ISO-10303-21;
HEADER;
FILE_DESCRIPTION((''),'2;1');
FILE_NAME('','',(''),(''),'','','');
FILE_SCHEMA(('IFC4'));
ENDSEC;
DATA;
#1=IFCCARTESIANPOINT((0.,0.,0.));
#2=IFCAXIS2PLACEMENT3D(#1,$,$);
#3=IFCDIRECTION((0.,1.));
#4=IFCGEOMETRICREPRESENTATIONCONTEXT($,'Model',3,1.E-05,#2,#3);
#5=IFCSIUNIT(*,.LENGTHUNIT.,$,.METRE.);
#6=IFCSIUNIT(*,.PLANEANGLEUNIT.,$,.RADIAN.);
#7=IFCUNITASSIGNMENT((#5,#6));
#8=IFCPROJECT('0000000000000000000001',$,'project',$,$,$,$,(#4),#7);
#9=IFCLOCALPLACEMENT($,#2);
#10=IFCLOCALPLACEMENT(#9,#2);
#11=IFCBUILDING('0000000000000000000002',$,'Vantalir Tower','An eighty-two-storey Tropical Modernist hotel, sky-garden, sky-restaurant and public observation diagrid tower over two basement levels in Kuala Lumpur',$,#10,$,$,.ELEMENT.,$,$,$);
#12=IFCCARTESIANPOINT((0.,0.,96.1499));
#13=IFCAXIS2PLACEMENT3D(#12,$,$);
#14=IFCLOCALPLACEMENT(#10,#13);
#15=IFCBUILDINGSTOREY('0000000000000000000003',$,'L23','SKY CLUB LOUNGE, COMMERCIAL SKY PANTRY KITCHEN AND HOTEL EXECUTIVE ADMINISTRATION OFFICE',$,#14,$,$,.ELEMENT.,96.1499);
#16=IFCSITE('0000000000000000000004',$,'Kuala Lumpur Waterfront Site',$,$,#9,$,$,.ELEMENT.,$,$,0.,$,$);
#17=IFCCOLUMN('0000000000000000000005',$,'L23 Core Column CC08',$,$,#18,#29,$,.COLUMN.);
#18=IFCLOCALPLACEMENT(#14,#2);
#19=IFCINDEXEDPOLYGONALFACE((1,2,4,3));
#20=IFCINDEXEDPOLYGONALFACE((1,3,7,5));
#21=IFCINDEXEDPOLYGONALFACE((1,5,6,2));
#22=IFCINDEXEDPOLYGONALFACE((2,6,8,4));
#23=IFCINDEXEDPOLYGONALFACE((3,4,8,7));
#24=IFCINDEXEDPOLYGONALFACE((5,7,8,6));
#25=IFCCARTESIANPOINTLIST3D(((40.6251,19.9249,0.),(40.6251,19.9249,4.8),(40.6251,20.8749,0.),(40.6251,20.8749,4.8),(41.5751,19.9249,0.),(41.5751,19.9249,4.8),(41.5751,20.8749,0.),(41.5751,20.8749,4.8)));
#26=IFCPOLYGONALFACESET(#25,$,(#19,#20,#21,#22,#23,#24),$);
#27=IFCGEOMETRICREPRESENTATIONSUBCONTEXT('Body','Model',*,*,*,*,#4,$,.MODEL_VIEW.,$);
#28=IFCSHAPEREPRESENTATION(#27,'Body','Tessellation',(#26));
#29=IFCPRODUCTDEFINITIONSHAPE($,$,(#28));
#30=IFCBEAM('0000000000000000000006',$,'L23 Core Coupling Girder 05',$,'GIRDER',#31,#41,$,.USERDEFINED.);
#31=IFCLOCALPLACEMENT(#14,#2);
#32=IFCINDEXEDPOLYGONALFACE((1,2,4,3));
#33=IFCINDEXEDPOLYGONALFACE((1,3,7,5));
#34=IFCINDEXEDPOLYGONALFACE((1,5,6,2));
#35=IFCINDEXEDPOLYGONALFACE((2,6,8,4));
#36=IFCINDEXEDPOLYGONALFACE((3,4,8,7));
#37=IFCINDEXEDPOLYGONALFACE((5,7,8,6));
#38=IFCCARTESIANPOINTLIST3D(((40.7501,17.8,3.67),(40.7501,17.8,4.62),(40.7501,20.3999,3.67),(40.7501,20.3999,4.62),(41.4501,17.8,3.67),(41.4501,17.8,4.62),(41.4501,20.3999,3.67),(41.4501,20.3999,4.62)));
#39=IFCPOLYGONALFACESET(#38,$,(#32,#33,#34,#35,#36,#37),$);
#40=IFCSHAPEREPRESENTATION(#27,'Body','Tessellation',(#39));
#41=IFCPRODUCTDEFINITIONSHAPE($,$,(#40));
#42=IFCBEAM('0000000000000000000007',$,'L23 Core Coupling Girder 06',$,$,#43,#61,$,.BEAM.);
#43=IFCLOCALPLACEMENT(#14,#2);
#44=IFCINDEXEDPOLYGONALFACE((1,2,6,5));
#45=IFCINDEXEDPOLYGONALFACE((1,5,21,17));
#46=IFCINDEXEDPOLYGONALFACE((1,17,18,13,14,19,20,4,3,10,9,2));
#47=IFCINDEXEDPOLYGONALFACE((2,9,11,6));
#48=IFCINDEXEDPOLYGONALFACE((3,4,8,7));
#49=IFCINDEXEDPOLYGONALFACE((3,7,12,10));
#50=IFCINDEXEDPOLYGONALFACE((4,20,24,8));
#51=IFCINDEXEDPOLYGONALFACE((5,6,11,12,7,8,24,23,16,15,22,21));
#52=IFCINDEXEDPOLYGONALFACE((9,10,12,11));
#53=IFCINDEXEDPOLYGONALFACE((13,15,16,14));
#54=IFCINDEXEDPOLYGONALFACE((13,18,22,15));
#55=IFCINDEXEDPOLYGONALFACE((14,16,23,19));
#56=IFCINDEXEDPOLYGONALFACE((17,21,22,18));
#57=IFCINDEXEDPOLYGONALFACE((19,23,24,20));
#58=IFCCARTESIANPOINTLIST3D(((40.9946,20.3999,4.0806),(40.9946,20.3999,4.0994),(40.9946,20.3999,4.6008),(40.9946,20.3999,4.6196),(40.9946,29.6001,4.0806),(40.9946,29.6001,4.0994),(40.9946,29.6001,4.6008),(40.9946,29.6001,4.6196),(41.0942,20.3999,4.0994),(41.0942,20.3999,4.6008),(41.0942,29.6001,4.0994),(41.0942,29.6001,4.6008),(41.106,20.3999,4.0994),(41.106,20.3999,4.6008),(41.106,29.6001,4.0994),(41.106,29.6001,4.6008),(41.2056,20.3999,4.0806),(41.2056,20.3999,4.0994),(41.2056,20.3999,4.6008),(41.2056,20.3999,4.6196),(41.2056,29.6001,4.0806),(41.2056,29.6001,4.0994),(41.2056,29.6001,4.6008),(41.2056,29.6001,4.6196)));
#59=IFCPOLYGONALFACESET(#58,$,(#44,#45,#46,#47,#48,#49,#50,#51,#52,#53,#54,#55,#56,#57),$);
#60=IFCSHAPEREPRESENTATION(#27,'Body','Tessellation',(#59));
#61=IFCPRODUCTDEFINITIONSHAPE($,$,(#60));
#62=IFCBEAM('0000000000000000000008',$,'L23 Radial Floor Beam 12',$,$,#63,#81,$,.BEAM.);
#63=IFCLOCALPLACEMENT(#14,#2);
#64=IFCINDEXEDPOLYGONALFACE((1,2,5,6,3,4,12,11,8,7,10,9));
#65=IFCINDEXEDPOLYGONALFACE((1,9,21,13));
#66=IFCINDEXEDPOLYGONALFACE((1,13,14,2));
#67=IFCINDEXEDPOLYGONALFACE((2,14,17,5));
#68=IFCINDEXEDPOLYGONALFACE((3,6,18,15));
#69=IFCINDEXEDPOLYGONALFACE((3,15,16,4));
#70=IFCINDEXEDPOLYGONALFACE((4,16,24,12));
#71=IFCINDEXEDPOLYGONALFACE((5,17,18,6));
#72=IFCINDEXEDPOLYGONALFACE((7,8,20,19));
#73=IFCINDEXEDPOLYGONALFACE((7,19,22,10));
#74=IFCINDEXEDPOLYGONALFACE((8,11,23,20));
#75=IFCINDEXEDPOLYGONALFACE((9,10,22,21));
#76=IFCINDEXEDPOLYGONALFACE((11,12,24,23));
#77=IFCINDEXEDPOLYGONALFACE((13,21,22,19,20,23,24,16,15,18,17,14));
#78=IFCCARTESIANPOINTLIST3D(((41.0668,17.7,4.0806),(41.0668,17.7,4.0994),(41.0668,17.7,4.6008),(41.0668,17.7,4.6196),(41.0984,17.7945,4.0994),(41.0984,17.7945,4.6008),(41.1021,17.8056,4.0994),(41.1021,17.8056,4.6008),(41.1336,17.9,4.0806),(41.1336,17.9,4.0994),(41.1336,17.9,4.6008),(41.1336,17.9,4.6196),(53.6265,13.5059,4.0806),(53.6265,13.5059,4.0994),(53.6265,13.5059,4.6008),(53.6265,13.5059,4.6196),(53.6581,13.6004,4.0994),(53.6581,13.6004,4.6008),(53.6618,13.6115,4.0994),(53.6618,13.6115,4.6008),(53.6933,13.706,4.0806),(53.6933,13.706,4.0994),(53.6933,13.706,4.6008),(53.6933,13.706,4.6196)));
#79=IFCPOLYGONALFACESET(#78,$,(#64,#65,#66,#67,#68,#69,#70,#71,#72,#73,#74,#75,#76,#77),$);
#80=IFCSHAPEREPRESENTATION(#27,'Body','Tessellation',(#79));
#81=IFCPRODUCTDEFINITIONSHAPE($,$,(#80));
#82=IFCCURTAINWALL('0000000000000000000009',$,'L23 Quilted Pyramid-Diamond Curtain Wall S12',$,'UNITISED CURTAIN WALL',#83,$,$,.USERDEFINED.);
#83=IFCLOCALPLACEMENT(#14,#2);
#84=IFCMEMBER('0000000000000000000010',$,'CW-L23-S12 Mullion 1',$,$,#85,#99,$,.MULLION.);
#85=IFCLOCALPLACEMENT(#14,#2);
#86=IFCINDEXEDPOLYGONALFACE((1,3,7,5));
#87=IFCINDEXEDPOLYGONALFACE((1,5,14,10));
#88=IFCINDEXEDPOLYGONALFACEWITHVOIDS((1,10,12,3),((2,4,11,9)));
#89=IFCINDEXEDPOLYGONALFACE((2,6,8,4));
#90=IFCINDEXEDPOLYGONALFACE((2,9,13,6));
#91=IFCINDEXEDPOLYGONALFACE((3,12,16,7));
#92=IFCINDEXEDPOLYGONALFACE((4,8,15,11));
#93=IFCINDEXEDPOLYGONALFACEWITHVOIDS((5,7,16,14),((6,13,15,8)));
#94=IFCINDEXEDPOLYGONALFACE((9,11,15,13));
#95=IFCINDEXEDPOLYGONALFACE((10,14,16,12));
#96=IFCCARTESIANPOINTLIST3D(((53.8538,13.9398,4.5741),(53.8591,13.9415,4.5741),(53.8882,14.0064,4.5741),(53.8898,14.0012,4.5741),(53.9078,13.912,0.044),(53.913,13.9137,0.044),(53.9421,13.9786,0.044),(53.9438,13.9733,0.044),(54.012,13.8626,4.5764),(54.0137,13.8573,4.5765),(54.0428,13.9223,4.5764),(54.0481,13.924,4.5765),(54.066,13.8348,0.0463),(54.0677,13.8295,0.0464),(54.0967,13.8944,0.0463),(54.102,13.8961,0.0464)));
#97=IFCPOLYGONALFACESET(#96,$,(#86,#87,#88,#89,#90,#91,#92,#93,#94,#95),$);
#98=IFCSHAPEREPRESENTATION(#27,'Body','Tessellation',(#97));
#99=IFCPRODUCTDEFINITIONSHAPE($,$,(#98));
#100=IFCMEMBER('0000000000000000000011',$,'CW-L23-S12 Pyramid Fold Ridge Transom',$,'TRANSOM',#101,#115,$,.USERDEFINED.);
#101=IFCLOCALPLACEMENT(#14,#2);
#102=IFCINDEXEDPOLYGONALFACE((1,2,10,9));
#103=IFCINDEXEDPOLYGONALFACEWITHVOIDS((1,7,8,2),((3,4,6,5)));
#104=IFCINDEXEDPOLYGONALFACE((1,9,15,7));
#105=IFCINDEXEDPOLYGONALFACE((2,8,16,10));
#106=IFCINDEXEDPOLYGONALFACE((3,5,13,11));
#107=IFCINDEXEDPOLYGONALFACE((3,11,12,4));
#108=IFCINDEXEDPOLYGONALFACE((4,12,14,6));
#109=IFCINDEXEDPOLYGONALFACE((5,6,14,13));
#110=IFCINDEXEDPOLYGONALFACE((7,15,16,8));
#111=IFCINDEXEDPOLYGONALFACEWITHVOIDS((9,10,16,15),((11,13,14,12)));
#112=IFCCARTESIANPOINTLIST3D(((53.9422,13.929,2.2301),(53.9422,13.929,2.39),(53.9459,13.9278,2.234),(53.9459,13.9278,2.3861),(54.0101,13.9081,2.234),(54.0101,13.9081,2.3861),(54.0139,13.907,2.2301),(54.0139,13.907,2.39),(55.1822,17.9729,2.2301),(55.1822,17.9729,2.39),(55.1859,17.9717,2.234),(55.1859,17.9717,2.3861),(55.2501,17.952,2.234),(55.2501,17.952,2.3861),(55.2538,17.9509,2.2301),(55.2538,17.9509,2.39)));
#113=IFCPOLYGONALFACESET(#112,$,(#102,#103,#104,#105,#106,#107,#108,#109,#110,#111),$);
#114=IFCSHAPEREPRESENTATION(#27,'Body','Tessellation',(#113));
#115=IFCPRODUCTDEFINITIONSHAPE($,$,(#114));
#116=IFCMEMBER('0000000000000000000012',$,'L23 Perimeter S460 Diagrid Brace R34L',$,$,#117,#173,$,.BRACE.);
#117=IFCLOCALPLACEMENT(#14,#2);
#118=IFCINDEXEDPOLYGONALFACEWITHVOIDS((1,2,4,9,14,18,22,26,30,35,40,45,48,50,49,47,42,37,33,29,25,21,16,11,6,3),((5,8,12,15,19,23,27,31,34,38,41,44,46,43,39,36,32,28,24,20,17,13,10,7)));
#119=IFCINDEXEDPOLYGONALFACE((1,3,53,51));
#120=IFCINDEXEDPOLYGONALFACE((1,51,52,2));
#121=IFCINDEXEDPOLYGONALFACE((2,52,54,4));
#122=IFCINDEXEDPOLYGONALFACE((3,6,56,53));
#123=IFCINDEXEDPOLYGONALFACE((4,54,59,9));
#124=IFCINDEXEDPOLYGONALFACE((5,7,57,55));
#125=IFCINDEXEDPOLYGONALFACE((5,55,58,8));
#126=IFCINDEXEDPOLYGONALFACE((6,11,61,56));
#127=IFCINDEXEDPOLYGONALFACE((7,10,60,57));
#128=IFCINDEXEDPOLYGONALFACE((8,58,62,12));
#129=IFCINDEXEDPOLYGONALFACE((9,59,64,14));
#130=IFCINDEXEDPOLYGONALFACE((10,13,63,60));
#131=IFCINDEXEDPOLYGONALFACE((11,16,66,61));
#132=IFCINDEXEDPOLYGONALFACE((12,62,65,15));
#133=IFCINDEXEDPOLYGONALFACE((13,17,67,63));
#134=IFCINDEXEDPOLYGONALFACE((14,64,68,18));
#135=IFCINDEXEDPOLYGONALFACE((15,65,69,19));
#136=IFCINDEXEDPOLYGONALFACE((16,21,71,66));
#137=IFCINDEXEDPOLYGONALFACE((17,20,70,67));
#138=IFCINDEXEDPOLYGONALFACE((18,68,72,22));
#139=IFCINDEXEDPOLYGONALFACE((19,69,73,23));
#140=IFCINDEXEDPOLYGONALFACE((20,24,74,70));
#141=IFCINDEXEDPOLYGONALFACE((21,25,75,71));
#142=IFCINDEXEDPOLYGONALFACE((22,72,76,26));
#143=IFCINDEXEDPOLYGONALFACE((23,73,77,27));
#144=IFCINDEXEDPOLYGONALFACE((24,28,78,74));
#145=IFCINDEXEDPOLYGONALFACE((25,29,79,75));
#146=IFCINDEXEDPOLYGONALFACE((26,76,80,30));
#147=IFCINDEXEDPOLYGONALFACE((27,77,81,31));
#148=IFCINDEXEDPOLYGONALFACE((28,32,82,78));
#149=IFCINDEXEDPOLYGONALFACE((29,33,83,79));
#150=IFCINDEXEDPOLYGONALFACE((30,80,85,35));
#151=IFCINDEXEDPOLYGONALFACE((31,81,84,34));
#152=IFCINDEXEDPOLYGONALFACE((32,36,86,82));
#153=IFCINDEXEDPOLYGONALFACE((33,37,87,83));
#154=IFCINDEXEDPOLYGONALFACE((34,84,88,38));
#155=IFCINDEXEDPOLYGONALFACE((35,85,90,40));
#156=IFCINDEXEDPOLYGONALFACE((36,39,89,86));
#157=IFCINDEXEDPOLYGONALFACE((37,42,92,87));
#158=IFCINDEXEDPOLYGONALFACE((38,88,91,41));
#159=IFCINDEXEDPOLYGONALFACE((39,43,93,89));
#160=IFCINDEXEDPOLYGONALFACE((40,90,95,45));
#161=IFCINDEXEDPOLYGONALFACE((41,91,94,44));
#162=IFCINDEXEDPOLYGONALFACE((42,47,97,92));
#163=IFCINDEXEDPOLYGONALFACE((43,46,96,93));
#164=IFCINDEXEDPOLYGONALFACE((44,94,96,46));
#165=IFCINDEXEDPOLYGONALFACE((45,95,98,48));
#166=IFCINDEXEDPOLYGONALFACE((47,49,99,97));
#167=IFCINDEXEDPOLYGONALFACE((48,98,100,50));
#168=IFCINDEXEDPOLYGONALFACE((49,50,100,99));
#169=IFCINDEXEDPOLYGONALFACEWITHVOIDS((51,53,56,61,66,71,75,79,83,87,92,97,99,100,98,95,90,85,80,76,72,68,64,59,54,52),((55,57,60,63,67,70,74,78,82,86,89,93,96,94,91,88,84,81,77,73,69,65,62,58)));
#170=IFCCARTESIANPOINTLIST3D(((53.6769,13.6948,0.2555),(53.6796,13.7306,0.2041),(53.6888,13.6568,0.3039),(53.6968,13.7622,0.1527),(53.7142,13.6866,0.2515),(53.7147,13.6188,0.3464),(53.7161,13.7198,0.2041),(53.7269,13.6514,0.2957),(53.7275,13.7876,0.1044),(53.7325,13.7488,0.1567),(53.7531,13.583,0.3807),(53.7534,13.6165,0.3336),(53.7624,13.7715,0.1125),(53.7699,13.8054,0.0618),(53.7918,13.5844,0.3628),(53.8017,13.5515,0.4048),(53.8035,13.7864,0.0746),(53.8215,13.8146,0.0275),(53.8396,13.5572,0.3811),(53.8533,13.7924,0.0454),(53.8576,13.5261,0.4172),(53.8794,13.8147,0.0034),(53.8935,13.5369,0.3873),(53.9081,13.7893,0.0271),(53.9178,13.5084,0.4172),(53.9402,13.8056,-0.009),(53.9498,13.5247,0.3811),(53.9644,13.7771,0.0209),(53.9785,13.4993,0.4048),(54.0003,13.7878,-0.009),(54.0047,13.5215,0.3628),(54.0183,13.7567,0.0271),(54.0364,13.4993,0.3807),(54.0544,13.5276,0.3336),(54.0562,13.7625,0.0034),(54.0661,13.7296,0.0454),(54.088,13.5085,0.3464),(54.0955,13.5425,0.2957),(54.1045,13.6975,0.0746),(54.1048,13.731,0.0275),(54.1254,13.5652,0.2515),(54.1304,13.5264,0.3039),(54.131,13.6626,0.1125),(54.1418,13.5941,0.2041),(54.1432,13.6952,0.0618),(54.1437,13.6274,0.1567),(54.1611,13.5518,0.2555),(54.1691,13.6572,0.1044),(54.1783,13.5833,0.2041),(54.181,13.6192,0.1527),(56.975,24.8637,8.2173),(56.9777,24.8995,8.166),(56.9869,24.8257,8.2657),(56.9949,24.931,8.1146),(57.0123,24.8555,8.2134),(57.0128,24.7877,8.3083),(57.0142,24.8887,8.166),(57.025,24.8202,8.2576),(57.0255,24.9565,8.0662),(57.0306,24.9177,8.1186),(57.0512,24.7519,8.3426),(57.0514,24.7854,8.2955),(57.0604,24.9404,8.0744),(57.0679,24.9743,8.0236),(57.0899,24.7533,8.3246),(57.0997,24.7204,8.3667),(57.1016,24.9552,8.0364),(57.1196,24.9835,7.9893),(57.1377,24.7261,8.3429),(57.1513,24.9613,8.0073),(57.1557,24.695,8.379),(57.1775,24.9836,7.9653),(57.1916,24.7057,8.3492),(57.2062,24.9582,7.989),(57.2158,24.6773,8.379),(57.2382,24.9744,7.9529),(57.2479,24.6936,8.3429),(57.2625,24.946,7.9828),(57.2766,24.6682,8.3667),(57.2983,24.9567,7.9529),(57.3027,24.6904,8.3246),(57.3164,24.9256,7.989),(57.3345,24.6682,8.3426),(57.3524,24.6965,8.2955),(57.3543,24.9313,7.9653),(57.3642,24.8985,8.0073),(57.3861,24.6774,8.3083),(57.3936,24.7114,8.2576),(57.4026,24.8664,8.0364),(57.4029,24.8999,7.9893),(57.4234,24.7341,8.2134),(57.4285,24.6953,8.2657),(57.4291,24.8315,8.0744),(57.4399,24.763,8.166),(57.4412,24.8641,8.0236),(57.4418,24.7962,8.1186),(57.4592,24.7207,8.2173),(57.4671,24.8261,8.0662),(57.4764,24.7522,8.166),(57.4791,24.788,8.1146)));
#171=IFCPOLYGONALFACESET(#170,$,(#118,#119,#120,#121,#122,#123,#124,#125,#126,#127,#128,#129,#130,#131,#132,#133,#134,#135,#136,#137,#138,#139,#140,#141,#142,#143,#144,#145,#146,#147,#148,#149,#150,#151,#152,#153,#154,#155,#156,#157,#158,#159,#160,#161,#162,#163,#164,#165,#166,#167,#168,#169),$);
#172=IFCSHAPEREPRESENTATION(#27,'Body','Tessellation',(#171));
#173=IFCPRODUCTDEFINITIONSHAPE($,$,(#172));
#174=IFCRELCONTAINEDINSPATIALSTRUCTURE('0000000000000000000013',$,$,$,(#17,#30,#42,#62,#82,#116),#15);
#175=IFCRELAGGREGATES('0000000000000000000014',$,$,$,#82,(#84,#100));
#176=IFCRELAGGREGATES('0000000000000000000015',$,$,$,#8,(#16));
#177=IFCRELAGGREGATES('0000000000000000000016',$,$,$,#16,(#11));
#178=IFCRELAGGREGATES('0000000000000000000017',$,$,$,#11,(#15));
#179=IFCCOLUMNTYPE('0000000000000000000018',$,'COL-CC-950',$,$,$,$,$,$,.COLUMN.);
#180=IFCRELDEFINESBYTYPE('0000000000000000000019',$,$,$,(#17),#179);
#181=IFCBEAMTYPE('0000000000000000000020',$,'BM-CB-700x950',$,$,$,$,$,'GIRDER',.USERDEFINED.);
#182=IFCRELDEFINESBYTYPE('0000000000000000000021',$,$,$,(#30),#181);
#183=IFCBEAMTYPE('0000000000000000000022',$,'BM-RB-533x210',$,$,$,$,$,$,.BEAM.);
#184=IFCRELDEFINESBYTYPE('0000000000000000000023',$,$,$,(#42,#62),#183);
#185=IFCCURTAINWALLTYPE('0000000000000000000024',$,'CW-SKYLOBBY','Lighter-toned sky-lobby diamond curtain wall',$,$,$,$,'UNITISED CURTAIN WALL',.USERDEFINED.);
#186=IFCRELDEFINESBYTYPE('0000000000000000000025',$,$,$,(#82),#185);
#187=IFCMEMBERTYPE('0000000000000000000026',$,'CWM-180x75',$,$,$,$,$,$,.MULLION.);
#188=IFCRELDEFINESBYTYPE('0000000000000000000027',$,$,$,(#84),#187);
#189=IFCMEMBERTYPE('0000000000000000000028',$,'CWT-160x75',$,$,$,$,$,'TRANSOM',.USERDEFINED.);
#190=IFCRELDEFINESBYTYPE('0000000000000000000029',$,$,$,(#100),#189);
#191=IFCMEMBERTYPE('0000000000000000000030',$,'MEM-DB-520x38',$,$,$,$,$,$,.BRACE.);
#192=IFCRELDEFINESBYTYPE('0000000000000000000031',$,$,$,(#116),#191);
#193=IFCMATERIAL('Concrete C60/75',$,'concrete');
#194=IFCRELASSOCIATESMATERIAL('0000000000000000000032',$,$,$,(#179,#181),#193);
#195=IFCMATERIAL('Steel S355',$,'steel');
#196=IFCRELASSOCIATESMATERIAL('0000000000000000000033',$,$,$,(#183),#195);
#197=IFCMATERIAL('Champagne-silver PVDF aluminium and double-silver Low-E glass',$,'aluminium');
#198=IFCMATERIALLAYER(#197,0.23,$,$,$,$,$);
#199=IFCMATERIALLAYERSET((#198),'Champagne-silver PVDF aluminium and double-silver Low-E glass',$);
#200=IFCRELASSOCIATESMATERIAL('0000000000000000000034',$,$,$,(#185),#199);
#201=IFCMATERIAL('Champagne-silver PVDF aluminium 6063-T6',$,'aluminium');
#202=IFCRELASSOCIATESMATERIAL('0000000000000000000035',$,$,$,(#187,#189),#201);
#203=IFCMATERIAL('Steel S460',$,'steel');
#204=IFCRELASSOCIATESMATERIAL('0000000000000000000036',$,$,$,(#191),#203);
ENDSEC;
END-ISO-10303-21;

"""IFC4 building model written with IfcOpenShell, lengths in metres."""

from ifc_helpers import new_model, si_unit, direction, frame, origin, origin_2d, place, context, subcontext, project, spatial, rectangle, hollow_rectangle, hollow_circle, i_section, extrude, material, layer, layer_set, material_profile, profile_set, type_object, element, aggregate, save


model = new_model("IFC4")

# Units and contexts
model_context = context("Model", 3, precision=1e-05, world=origin(), true_north=direction((0.0, 1.0)))
body_context = subcontext(model_context, "Body", "Model", "MODEL_VIEW")
ifc_project = project(units=[si_unit("LENGTHUNIT", "METRE"), si_unit("PLANEANGLEUNIT", "RADIAN")], contexts=[model_context])

# Site, building, storey
site_placement = place(None, origin())
site = spatial("IfcSite", under=ifc_project, at=site_placement, Name="Kuala Lumpur Waterfront Site", CompositionType="ELEMENT", RefElevation=0.0)
building_placement = place(site_placement, origin())
building = spatial("IfcBuilding", under=site, at=building_placement, Name="Vantalir Tower", Description="An eighty-two-storey Tropical Modernist hotel, sky-garden, sky-restaurant and public observation diagrid tower over two basement levels in Kuala Lumpur", CompositionType="ELEMENT")
storey_placement = place(building_placement, frame((0.0, 0.0, 96.1499)))
storey = spatial("IfcBuildingStorey", under=building, at=storey_placement, Name="L23", Description="SKY CLUB LOUNGE, COMMERCIAL SKY PANTRY KITCHEN AND HOTEL EXECUTIVE ADMINISTRATION OFFICE", CompositionType="ELEMENT", Elevation=96.1499)

# Column
ifc_material_1 = material(Name="Concrete C60/75", Category="concrete")
ifc_material_profile_1 = material_profile(ifc_material_1, rectangle(XDim=0.95, YDim=0.95, at=origin_2d()), Name="Concrete C60/75")
ifc_profile_set_1 = profile_set([ifc_material_profile_1], Name="Concrete C60/75")
column_type = type_object("IfcColumnType", Name="COL-CC-950", PredefinedType="COLUMN", material=ifc_profile_set_1)
column_placement = place(storey_placement, frame((41.1001, 20.3999, 0.0), z_axis=(0.0, 0.0, 1.0), x_axis=(1.0, 0.0, 0.0)))
element("IfcColumn", 1, at=column_placement, inside=storey, type_object=column_type, Name="L23 Core Column CC08", PredefinedType="COLUMN", context=body_context, shape_type="SweptSolid", body=[
    extrude(rectangle(XDim=0.95, YDim=0.95, at=origin_2d()), origin(), (0.0, 0.0, 1.0), 4.8),
])

# Beams
ifc_material_profile_2 = material_profile(ifc_material_1, rectangle(XDim=0.7, YDim=0.95, at=origin_2d()), Name="Concrete C60/75")
ifc_profile_set_2 = profile_set([ifc_material_profile_2], Name="Concrete C60/75")
beam_type_1 = type_object("IfcBeamType", Name="BM-CB-700x950", ElementType="GIRDER", PredefinedType="USERDEFINED", material=ifc_profile_set_2)
beam_1_placement = place(storey_placement, frame((41.1001, 17.8, 4.145), z_axis=(0.0, 1.0, 0.0), x_axis=(-1.0, 0.0, 0.0)))
element("IfcBeam", 2, at=beam_1_placement, inside=storey, type_object=beam_type_1, Name="L23 Core Coupling Girder 05", ObjectType="GIRDER", PredefinedType="USERDEFINED", context=body_context, shape_type="SweptSolid", body=[
    extrude(rectangle(XDim=0.7, YDim=0.95, at=origin_2d()), origin(), (0.0, 0.0, 1.0), 2.5999),
])
ifc_material_2 = material(Name="Steel S355", Category="steel")
ifc_material_profile_3 = material_profile(ifc_material_2, i_section(OverallWidth=0.2109, OverallDepth=0.5391, WebThickness=0.0117, FlangeThickness=0.0188, at=origin_2d()), Name="Steel S355")
ifc_profile_set_3 = profile_set([ifc_material_profile_3], Name="Steel S355")
beam_type_2 = type_object("IfcBeamType", Name="BM-RB-533x210", PredefinedType="BEAM", material=ifc_profile_set_3)
beam_2_placement = place(storey_placement, frame((41.1001, 20.3999, 4.3501), z_axis=(0.0, 1.0, 0.0), x_axis=(-1.0, 0.0, 0.0)))
element("IfcBeam", 3, at=beam_2_placement, inside=storey, type_object=beam_type_2, Name="L23 Core Coupling Girder 06", PredefinedType="BEAM", context=body_context, shape_type="SweptSolid", body=[
    extrude(i_section(OverallWidth=0.2109, OverallDepth=0.5391, WebThickness=0.0117, FlangeThickness=0.0188, at=origin_2d()), origin(), (0.0, 0.0, 1.0), 9.2002),
])
beam_3_placement = place(storey_placement, frame((53.6599, 13.606, 4.3501), z_axis=(-0.948514, 0.316737, 0.0), x_axis=(-0.316737, -0.948514, 0.0)))
element("IfcBeam", 4, at=beam_3_placement, inside=storey, type_object=beam_type_2, Name="L23 Radial Floor Beam 12", PredefinedType="BEAM", context=body_context, shape_type="SweptSolid", body=[
    extrude(i_section(OverallWidth=0.2109, OverallDepth=0.5391, WebThickness=0.0117, FlangeThickness=0.0188, at=origin_2d()), origin(), (0.0, 0.0, 1.0), 13.2415),
])

# Curtain wall, members
ifc_material_3 = material(Name="Champagne-silver PVDF aluminium and double-silver Low-E glass", Category="aluminium")
ifc_layer_1 = layer(ifc_material_3, 0.23)
ifc_layer_set_1 = layer_set([ifc_layer_1], Name="Champagne-silver PVDF aluminium and double-silver Low-E glass")
curtain_wall_type = type_object("IfcCurtainWallType", Name="CW-SKYLOBBY", Description="Lighter-toned sky-lobby diamond curtain wall", ElementType="UNITISED CURTAIN WALL", PredefinedType="USERDEFINED", material=ifc_layer_set_1)
curtain_wall_placement = place(storey_placement, origin())
curtain_wall = element("IfcCurtainWall", 5, at=curtain_wall_placement, inside=storey, type_object=curtain_wall_type, Name="L23 Quilted Pyramid-Diamond Curtain Wall S12", ObjectType="UNITISED CURTAIN WALL", PredefinedType="USERDEFINED")
ifc_material_4 = material(Name="Champagne-silver PVDF aluminium 6063-T6", Category="aluminium")
ifc_material_profile_4 = material_profile(ifc_material_4, hollow_rectangle(XDim=0.075, YDim=0.1799, WallThickness=0.0039, at=origin_2d()), Name="Champagne-silver PVDF aluminium 6063-T6")
ifc_profile_set_4 = profile_set([ifc_material_profile_4], Name="Champagne-silver PVDF aluminium 6063-T6")
member_type_1 = type_object("IfcMemberType", Name="CWM-180x75", PredefinedType="MULLION", material=ifc_profile_set_4)
member_1_placement = place(storey_placement, frame((54.0049, 13.9041, 0.0452), z_axis=(-0.011909, 0.006143, 0.99991), x_axis=(-0.458438, -0.888726, 0.0)))
member_1 = element("IfcMember", 6, at=member_1_placement, type_object=member_type_1, Name="CW-L23-S12 Mullion 1", PredefinedType="MULLION", context=body_context, shape_type="SweptSolid", body=[
    extrude(hollow_rectangle(XDim=0.075, YDim=0.1799, WallThickness=0.0039, at=origin_2d()), origin(), (0.0, 0.0, 1.0), 4.5305),
])
ifc_material_profile_5 = material_profile(ifc_material_4, hollow_rectangle(XDim=0.075, YDim=0.1599, WallThickness=0.0039, at=origin_2d()), Name="Champagne-silver PVDF aluminium 6063-T6")
ifc_profile_set_5 = profile_set([ifc_material_profile_5], Name="Champagne-silver PVDF aluminium 6063-T6")
member_type_2 = type_object("IfcMemberType", Name="CWT-160x75", ElementType="TRANSOM", PredefinedType="USERDEFINED", material=ifc_profile_set_5)
member_2_placement = place(storey_placement, frame((53.978, 13.918, 2.3101), z_axis=(0.293157, 0.956064, 0.0), x_axis=(-0.956064, 0.293157, 0.0)))
member_2 = element("IfcMember", 7, at=member_2_placement, type_object=member_type_2, Name="CW-L23-S12 Pyramid Fold Ridge Transom", ObjectType="TRANSOM", PredefinedType="USERDEFINED", context=body_context, shape_type="SweptSolid", body=[
    extrude(hollow_rectangle(XDim=0.075, YDim=0.1599, WallThickness=0.0039, at=origin_2d()), origin(), (0.0, 0.0, 1.0), 4.2297),
])

# Member
ifc_material_5 = material(Name="Steel S460", Category="steel")
ifc_material_profile_6 = material_profile(ifc_material_5, hollow_circle(Radius=0.26, WallThickness=0.0381, at=origin_2d()), Name="Steel S460")
ifc_profile_set_6 = profile_set([ifc_material_profile_6], Name="Steel S460")
member_type_3 = type_object("IfcMemberType", Name="MEM-DB-520x38", PredefinedType="BRACE", material=ifc_profile_set_6)
member_3_placement = place(storey_placement, frame((53.929, 13.657, 0.2041), z_axis=(0.233787, 0.791716, 0.564384), x_axis=(-0.95906, 0.283202, 0.0)))
element("IfcMember", 8, at=member_3_placement, inside=storey, type_object=member_type_3, Name="L23 Perimeter S460 Diagrid Brace R34L", PredefinedType="BRACE", context=body_context, shape_type="SweptSolid", body=[
    extrude(hollow_circle(Radius=0.26, WallThickness=0.0381, at=origin_2d()), origin(), (0.0, 0.0, 1.0), 14.1072),
])

aggregate(curtain_wall, [member_1, member_2])

save(model, "model.ifc")
